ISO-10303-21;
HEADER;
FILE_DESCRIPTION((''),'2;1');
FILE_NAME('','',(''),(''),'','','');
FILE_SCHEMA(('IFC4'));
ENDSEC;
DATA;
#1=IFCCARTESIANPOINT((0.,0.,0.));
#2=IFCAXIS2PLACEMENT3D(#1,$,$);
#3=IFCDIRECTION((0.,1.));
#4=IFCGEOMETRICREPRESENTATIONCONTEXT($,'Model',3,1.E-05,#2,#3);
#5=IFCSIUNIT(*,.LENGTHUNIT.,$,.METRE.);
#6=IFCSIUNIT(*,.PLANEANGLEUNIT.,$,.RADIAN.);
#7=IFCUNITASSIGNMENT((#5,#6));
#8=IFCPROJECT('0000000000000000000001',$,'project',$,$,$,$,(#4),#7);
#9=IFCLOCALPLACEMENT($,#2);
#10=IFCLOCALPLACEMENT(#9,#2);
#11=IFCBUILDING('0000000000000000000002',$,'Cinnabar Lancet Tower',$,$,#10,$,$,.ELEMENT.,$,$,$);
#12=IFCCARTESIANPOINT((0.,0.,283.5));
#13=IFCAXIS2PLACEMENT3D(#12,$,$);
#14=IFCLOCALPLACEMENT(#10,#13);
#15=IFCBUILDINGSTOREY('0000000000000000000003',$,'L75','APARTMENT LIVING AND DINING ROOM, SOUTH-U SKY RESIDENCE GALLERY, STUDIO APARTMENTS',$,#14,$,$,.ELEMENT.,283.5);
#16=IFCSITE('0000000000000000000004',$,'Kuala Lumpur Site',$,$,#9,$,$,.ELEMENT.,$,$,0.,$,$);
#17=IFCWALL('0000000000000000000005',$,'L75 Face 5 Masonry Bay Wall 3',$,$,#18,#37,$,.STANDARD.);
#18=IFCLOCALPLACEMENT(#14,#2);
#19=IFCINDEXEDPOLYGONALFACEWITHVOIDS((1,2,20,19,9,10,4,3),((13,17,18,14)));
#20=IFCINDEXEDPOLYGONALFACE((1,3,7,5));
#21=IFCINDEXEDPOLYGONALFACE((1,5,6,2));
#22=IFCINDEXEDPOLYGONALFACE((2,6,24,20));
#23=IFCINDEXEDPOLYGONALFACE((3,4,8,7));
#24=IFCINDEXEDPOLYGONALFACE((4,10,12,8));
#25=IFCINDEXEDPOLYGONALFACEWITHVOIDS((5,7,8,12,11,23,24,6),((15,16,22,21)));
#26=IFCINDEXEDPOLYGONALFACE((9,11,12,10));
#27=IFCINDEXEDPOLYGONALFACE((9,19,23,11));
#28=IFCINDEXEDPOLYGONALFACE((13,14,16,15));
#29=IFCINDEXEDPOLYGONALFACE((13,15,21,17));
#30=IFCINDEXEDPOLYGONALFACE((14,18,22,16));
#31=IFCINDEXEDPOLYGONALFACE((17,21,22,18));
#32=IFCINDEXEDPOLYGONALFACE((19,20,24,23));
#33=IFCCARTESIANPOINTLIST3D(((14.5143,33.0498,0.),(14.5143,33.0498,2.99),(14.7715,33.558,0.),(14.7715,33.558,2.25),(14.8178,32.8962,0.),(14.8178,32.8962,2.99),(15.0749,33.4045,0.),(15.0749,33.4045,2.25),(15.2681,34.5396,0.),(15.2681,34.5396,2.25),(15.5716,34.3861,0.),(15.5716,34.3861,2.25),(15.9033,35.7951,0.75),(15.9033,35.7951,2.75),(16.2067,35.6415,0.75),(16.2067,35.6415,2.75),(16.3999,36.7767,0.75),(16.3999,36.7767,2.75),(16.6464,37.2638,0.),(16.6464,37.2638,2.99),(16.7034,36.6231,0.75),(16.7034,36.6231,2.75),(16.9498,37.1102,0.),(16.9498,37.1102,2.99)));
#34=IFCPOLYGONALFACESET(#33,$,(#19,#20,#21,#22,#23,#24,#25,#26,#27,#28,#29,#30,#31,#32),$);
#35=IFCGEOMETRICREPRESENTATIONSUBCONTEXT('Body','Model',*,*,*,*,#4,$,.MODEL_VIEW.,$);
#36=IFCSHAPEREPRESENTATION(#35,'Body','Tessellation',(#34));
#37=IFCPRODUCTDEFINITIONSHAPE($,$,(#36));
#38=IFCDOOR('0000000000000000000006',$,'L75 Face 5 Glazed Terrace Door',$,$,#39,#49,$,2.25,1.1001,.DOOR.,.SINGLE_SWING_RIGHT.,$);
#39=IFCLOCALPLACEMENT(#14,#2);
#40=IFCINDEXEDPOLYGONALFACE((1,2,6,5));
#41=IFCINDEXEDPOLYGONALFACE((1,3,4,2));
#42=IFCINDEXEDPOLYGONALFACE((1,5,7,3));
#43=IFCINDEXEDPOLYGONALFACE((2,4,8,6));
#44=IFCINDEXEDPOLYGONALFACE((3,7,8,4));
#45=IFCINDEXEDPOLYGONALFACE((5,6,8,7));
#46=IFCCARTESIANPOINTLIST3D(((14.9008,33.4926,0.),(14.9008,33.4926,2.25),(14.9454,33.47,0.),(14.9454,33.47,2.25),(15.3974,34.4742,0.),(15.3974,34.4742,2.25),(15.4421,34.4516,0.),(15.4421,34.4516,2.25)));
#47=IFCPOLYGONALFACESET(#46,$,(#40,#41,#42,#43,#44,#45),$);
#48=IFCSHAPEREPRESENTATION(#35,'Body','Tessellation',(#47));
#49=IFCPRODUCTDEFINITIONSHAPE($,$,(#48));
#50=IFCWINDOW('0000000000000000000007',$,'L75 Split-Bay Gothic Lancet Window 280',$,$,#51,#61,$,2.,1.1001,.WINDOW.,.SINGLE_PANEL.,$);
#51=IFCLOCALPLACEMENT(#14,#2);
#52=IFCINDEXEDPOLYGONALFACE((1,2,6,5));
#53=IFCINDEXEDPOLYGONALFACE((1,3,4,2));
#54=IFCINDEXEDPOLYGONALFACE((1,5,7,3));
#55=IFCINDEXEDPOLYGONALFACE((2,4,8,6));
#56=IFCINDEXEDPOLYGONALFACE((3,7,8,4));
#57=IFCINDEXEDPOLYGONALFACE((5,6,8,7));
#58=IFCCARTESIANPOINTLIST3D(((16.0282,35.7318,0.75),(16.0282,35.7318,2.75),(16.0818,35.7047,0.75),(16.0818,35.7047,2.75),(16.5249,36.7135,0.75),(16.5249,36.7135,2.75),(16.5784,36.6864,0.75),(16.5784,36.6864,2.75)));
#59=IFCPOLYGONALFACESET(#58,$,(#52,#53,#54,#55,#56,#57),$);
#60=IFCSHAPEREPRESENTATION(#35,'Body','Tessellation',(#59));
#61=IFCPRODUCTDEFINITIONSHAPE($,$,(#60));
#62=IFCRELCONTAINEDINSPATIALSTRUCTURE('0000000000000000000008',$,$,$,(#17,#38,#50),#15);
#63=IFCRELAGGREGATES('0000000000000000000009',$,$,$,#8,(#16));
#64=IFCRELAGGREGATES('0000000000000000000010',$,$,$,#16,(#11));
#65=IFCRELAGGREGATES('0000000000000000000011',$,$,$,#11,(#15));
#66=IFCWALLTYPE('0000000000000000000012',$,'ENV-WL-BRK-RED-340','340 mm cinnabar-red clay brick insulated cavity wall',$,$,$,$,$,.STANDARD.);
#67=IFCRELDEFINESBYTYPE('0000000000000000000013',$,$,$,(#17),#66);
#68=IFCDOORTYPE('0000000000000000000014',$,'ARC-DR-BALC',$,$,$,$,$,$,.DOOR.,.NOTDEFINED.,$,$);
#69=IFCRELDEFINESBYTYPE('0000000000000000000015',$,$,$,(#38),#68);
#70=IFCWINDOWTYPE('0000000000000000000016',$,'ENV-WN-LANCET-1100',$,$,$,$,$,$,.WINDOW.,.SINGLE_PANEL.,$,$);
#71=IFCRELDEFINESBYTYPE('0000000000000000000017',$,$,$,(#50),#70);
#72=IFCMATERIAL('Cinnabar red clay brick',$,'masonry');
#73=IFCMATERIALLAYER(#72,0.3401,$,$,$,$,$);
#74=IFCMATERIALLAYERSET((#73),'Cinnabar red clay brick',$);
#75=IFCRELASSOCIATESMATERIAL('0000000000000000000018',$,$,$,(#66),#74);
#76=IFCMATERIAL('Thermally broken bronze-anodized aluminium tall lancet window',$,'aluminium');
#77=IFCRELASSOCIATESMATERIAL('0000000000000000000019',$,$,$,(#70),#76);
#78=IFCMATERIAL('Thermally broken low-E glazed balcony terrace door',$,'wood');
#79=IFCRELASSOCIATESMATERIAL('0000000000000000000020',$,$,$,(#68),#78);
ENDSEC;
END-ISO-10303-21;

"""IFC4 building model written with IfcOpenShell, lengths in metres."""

from ifc_helpers import new_model, si_unit, direction, frame, frame_2d, origin, place, context, subcontext, project, spatial, rectangle, extrude, material, layer, layer_set, type_object, element, fill, save


model = new_model("IFC4")

# Units and contexts
model_context = context("Model", 3, precision=1e-05, world=origin(), true_north=direction((0.0, 1.0)))
body_context = subcontext(model_context, "Body", "Model", "MODEL_VIEW")
ifc_project = project(units=[si_unit("LENGTHUNIT", "METRE"), si_unit("PLANEANGLEUNIT", "RADIAN")], contexts=[model_context])

# Site, building, storey
site_placement = place(None, origin())
site = spatial("IfcSite", under=ifc_project, at=site_placement, Name="Kuala Lumpur Site", CompositionType="ELEMENT", RefElevation=0.0)
building_placement = place(site_placement, origin())
building = spatial("IfcBuilding", under=site, at=building_placement, Name="Cinnabar Lancet Tower", CompositionType="ELEMENT")
storey_placement = place(building_placement, frame((0.0, 0.0, 283.5)))
storey = spatial("IfcBuildingStorey", under=building, at=storey_placement, Name="L75", Description="APARTMENT LIVING AND DINING ROOM, SOUTH-U SKY RESIDENCE GALLERY, STUDIO APARTMENTS", CompositionType="ELEMENT", Elevation=283.5)

# Shared definitions
ifc_material_1 = material(Name="Cinnabar red clay brick", Category="masonry")
ifc_layer_1 = layer(ifc_material_1, 0.3401)
ifc_layer_set_1 = layer_set([ifc_layer_1], Name="Cinnabar red clay brick")
wall_type_1 = type_object("IfcWallType", Name="ENV-WL-BRK-RED-340", Description="340 mm cinnabar-red clay brick insulated cavity wall", PredefinedType="STANDARD", material=ifc_layer_set_1)

# Shared definitions
ifc_material_2 = material(Name="Thermally broken bronze-anodized aluminium tall lancet window", Category="aluminium")
window_type = type_object("IfcWindowType", Name="ENV-WN-LANCET-1100", PartitioningType="SINGLE_PANEL", PredefinedType="WINDOW", material=ifc_material_2)

# Wall, openings, door, window
wall_1_placement = place(storey_placement, frame((16.7981, 37.187, 0.0), z_axis=(0.0, 0.0, 1.0), x_axis=(-0.451448, -0.892298, 0.0)))
wall_1 = element("IfcWall", 1, at=wall_1_placement, inside=storey, type_object=wall_type_1, Name="L75 Face 5 Masonry Bay Wall 3", PredefinedType="STANDARD", context=body_context, shape_type="SweptSolid", body=[
    extrude(rectangle(XDim=4.7227, YDim=0.3401, at=frame_2d((2.3613, 0.0))), origin(), (0.0, 0.0, 1.0), 2.99),
])
opening_1_placement = place(wall_1_placement, frame((3.053, 0.0, 0.0)))
opening_1 = element("IfcOpeningElement", 2, at=opening_1_placement, cuts=wall_1, PredefinedType="OPENING", context=body_context, shape_type="SweptSolid", body=[
    extrude(rectangle(XDim=1.1001, YDim=2.25, at=frame_2d((0.55, 1.125))), frame((0.0, 0.1799, 0.0), z_axis=(0.0, -1.0, 0.0), x_axis=(1.0, 0.0, 0.0)), (0.0, 0.0, 1.0), 0.3601),
])
opening_2_placement = place(wall_1_placement, frame((0.5459, 0.0, 0.75)))
opening_2 = element("IfcOpeningElement", 3, at=opening_2_placement, cuts=wall_1, PredefinedType="OPENING", context=body_context, shape_type="SweptSolid", body=[
    extrude(rectangle(XDim=1.1001, YDim=2.0, at=frame_2d((0.55, 1.0))), frame((0.0, 0.1799, 0.0), z_axis=(0.0, -1.0, 0.0), x_axis=(1.0, 0.0, 0.0)), (0.0, 0.0, 1.0), 0.3601),
])
ifc_material_3 = material(Name="Thermally broken low-E glazed balcony terrace door", Category="wood")
door_type_1 = type_object("IfcDoorType", Name="ARC-DR-BALC", OperationType="NOTDEFINED", PredefinedType="DOOR", material=ifc_material_3)
door_1_placement = place(opening_1_placement, origin())
door_1 = element("IfcDoor", 4, at=door_1_placement, inside=storey, type_object=door_type_1, Name="L75 Face 5 Glazed Terrace Door", OperationType="SINGLE_SWING_RIGHT", OverallHeight=2.25, OverallWidth=1.1001, PredefinedType="DOOR", context=body_context, shape_type="SweptSolid", body=[
    extrude(rectangle(XDim=1.1001, YDim=2.25, at=frame_2d((0.55, 1.125))), frame((0.0, 0.0249, 0.0), z_axis=(0.0, -1.0, 0.0), x_axis=(1.0, 0.0, 0.0)), (0.0, 0.0, 1.0), 0.05),
])
fill(opening_1, door_1)
window_1_placement = place(opening_2_placement, origin())
window_1 = element("IfcWindow", 5, at=window_1_placement, inside=storey, type_object=window_type, Name="L75 Split-Bay Gothic Lancet Window 280", OverallHeight=2.0, OverallWidth=1.1001, PartitioningType="SINGLE_PANEL", PredefinedType="WINDOW", context=body_context, shape_type="SweptSolid", body=[
    extrude(rectangle(XDim=1.1001, YDim=2.0, at=frame_2d((0.55, 1.0))), frame((0.0, 0.03, 0.0), z_axis=(0.0, -1.0, 0.0), x_axis=(1.0, 0.0, 0.0)), (0.0, 0.0, 1.0), 0.0601),
])
fill(opening_2, window_1)

save(model, "model.ifc")
